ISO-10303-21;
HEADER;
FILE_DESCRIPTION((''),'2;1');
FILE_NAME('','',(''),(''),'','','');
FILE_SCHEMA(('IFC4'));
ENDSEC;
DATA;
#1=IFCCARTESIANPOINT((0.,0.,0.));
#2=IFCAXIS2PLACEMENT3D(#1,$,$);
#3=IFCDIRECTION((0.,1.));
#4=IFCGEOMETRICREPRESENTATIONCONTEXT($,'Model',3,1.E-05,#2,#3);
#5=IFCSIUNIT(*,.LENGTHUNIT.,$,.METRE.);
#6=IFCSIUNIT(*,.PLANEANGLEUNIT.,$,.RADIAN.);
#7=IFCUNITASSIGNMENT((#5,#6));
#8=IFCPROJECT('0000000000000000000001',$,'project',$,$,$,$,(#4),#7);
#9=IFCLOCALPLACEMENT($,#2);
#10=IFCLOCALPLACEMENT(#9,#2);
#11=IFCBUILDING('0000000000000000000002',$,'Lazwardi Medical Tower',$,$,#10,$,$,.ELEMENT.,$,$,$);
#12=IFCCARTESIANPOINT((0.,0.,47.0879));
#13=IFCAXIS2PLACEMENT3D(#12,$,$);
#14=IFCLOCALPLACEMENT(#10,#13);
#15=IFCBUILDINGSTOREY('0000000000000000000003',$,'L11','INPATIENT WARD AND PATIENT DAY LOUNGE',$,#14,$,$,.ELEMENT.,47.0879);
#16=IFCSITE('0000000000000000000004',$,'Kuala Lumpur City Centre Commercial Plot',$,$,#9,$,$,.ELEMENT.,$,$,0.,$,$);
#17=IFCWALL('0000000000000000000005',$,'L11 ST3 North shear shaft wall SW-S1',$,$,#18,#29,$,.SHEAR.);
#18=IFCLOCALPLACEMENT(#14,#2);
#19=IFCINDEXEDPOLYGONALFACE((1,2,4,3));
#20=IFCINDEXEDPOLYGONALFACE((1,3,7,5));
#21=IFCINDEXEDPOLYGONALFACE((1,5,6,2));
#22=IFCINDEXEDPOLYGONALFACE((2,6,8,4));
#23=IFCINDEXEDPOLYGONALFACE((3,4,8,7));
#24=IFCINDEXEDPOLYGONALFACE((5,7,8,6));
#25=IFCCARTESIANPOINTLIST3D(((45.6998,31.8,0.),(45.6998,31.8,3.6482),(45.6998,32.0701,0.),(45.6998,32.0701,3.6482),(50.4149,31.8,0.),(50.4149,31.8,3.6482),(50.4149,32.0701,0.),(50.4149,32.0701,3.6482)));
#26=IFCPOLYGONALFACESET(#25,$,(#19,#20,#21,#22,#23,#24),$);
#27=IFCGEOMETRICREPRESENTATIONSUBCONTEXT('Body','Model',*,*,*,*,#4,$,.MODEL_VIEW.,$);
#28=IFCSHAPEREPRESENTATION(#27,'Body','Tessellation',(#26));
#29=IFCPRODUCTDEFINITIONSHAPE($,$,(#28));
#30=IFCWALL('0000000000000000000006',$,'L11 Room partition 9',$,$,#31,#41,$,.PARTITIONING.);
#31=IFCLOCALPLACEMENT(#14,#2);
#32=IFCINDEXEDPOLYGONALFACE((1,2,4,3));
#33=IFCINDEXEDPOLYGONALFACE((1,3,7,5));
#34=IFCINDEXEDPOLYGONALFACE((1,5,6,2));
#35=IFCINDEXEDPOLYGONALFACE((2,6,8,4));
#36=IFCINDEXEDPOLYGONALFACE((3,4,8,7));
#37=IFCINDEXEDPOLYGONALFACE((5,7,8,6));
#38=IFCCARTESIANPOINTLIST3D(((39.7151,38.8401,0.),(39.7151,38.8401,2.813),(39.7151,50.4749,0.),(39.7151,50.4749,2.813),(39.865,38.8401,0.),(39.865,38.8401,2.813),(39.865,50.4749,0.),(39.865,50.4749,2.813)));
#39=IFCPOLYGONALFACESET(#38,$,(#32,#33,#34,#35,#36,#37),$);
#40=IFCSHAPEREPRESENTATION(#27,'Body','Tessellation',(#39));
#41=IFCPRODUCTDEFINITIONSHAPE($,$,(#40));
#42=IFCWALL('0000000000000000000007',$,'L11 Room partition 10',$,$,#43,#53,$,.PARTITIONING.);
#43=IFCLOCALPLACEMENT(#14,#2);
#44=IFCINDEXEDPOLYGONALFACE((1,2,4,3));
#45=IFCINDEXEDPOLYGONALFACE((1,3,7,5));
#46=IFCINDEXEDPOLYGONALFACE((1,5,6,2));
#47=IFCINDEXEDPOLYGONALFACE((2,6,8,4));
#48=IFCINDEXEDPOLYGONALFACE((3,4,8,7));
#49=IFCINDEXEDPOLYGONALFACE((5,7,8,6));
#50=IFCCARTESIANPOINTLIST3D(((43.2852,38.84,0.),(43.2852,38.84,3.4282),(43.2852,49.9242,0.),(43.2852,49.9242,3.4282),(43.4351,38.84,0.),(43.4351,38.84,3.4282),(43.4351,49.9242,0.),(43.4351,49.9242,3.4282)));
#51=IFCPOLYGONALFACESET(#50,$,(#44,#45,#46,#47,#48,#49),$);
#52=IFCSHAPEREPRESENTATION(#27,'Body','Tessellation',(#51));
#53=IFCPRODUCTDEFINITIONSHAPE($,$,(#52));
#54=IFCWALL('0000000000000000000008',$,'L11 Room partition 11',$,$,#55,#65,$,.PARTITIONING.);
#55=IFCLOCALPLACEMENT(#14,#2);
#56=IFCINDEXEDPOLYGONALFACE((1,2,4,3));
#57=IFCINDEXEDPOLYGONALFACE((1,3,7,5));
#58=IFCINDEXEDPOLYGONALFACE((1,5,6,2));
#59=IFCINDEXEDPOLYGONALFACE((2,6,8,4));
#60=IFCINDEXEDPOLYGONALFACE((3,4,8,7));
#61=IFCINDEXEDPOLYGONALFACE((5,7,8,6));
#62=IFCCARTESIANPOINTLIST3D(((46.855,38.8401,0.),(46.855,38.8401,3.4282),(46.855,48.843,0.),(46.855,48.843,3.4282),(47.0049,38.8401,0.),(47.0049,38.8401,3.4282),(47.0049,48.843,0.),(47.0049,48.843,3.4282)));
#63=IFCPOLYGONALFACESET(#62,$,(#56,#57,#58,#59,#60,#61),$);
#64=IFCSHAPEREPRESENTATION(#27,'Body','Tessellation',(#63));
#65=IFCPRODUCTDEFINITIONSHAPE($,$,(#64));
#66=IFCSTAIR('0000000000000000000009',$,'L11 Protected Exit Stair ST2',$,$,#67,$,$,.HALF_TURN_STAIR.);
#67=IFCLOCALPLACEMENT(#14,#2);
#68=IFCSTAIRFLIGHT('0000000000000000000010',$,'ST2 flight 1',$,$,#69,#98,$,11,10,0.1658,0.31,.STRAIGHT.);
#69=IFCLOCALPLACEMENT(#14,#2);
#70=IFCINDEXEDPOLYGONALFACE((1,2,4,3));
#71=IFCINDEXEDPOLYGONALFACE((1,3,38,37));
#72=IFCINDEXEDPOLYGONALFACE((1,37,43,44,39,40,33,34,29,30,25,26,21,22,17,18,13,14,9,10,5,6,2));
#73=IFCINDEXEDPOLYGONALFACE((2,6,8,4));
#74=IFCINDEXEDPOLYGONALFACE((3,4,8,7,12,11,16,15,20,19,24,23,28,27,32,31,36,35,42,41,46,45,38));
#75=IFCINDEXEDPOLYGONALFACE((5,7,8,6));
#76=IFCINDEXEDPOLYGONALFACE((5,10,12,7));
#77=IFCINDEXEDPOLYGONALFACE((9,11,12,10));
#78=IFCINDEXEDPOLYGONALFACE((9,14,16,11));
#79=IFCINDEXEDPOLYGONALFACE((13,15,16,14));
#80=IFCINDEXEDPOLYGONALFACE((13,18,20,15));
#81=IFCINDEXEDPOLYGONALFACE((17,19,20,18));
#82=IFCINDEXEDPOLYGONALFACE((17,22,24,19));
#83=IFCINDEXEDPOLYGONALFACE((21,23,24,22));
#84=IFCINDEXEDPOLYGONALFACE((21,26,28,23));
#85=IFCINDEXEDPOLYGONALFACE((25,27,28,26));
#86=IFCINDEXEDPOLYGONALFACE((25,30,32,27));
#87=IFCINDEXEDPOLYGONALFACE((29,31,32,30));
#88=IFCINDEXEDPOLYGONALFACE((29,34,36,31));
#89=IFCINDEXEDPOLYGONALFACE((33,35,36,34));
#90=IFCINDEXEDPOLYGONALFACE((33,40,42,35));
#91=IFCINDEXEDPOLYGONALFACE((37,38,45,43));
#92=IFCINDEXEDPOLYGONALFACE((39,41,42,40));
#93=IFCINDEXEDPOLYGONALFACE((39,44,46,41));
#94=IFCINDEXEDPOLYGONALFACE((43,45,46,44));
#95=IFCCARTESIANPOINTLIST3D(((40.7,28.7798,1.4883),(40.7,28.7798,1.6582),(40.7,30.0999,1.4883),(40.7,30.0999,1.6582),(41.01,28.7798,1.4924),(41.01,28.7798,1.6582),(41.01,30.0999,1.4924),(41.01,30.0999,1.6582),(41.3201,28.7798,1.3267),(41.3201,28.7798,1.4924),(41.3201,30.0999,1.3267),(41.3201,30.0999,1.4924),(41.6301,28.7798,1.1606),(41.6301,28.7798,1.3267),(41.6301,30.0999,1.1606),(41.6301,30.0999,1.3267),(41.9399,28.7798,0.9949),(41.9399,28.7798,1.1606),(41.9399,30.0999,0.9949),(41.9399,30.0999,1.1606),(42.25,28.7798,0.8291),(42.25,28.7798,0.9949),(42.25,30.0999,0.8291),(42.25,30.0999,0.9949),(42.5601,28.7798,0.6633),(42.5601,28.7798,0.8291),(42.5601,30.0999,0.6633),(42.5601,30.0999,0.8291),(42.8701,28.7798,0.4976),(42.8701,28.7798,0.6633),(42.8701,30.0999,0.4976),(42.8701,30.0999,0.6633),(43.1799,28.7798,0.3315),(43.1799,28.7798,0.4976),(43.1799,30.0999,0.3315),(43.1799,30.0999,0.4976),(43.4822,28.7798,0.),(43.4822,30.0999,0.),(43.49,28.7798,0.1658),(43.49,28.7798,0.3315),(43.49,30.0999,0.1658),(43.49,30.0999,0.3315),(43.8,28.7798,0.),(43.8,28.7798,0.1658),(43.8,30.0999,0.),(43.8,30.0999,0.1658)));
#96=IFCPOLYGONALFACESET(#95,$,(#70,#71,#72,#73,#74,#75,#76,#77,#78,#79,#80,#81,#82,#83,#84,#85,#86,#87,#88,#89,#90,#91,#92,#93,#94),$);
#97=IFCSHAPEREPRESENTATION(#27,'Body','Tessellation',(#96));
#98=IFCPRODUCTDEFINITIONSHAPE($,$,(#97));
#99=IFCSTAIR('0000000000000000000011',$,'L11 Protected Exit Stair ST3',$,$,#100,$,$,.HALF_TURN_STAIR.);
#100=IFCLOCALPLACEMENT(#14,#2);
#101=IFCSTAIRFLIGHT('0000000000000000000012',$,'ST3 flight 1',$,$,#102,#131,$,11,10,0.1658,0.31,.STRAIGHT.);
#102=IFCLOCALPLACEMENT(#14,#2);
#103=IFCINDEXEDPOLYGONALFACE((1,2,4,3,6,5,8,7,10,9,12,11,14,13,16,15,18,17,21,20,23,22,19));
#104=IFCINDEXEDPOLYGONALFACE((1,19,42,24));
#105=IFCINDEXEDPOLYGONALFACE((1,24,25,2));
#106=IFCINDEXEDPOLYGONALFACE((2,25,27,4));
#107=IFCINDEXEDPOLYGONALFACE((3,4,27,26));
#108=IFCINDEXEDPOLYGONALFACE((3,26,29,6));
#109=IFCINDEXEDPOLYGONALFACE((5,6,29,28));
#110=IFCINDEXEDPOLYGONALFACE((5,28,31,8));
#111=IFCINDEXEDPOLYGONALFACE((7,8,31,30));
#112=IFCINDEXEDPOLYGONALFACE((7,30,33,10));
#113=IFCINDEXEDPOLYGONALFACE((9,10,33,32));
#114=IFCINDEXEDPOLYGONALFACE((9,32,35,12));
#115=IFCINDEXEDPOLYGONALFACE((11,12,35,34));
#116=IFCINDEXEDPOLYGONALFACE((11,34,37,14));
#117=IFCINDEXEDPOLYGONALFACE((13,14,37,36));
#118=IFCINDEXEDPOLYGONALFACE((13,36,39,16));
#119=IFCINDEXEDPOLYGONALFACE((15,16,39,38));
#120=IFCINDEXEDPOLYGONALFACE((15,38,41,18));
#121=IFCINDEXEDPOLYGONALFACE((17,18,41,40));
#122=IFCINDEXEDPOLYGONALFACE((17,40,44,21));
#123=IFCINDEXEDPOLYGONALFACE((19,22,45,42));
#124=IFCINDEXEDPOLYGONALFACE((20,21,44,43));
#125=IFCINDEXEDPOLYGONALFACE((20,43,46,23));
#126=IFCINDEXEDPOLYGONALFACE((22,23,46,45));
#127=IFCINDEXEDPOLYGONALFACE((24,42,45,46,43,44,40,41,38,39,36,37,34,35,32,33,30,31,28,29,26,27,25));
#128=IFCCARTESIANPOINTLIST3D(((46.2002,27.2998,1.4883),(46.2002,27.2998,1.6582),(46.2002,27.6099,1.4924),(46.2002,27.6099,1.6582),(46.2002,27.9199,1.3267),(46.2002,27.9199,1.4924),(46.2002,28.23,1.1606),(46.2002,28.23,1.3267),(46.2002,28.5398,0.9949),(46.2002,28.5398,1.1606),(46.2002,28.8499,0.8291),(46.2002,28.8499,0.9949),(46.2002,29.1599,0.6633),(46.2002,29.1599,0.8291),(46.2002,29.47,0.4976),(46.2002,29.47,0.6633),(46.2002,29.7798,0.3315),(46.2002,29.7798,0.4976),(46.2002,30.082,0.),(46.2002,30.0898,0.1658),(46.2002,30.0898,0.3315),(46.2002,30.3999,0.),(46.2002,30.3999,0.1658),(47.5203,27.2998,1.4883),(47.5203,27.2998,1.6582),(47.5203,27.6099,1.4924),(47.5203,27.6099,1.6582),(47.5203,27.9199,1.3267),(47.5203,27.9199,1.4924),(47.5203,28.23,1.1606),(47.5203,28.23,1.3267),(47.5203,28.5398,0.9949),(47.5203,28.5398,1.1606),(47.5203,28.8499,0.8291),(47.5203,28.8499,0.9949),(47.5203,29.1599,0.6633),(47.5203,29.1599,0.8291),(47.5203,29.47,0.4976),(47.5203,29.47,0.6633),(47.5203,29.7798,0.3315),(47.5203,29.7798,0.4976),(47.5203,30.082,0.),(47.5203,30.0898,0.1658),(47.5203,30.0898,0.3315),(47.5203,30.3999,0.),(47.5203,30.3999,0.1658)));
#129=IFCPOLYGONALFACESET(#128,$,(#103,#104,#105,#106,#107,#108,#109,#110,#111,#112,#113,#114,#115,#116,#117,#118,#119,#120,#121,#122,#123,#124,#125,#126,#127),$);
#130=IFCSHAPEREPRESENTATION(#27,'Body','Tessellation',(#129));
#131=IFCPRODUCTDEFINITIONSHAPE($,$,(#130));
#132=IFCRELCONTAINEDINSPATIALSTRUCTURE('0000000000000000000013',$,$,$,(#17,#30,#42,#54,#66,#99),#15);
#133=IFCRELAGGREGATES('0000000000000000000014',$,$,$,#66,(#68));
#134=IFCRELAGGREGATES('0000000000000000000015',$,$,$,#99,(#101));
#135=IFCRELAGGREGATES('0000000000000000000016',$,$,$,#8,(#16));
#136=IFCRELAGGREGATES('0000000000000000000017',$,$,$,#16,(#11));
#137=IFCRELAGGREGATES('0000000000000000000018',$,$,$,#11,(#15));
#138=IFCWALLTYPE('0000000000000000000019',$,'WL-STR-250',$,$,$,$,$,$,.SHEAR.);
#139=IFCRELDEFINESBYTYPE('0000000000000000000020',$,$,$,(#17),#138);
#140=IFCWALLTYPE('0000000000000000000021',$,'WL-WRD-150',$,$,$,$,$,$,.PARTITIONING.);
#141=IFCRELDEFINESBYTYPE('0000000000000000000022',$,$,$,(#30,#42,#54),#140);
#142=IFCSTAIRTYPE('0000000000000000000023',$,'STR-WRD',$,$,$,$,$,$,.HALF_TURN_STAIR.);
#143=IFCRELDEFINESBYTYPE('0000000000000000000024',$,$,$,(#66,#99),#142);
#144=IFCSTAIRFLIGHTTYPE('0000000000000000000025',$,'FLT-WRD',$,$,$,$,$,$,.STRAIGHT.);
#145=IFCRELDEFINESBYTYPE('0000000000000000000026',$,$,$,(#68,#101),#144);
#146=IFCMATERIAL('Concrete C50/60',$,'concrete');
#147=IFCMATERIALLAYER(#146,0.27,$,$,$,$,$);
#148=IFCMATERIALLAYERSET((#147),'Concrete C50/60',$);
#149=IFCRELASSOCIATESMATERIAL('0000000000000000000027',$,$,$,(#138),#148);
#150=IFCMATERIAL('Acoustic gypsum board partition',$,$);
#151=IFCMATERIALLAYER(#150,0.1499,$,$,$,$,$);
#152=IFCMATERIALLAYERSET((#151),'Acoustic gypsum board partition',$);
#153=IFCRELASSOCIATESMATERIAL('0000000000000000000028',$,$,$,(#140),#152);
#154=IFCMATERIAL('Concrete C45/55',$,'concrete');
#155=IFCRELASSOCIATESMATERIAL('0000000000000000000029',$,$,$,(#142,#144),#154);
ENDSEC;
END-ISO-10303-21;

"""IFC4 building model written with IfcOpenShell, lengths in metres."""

from ifc_helpers import new_model, si_unit, direction, frame, frame_2d, origin, place, context, subcontext, project, spatial, polyline, rectangle, outline, extrude, material, layer, layer_set, type_object, element, aggregate, save


model = new_model("IFC4")

# Units and contexts
model_context = context("Model", 3, precision=1e-05, world=origin(), true_north=direction((0.0, 1.0)))
body_context = subcontext(model_context, "Body", "Model", "MODEL_VIEW")
ifc_project = project(units=[si_unit("LENGTHUNIT", "METRE"), si_unit("PLANEANGLEUNIT", "RADIAN")], contexts=[model_context])

# Site, building, storey
site_placement = place(None, origin())
site = spatial("IfcSite", under=ifc_project, at=site_placement, Name="Kuala Lumpur City Centre Commercial Plot", CompositionType="ELEMENT", RefElevation=0.0)
building_placement = place(site_placement, origin())
building = spatial("IfcBuilding", under=site, at=building_placement, Name="Lazwardi Medical Tower", CompositionType="ELEMENT")
storey_placement = place(building_placement, frame((0.0, 0.0, 47.0879)))
storey = spatial("IfcBuildingStorey", under=building, at=storey_placement, Name="L11", Description="INPATIENT WARD AND PATIENT DAY LOUNGE", CompositionType="ELEMENT", Elevation=47.0879)

# Shared definitions
ifc_material_1 = material(Name="Concrete C50/60", Category="concrete")
ifc_layer_1 = layer(ifc_material_1, 0.27)
ifc_layer_set_1 = layer_set([ifc_layer_1], Name="Concrete C50/60")
wall_type_1 = type_object("IfcWallType", Name="WL-STR-250", PredefinedType="SHEAR", material=ifc_layer_set_1)

# Walls
wall_1_placement = place(storey_placement, frame((45.7, 31.9351, 0.0), z_axis=(0.0, 0.0, 1.0), x_axis=(1.0, 0.0, 0.0)))
element("IfcWall", 1, at=wall_1_placement, inside=storey, type_object=wall_type_1, Name="L11 ST3 North shear shaft wall SW-S1", PredefinedType="SHEAR", context=body_context, shape_type="SweptSolid", body=[
    extrude(rectangle(XDim=4.7151, YDim=0.27, at=frame_2d((2.3574, 0.0))), origin(), (0.0, 0.0, 1.0), 3.6482),
])
ifc_material_2 = material(Name="Acoustic gypsum board partition")
ifc_layer_2 = layer(ifc_material_2, 0.1499)
ifc_layer_set_2 = layer_set([ifc_layer_2], Name="Acoustic gypsum board partition")
wall_type_2 = type_object("IfcWallType", Name="WL-WRD-150", PredefinedType="PARTITIONING", material=ifc_layer_set_2)
wall_2_placement = place(storey_placement, frame((39.79, 38.8401, 0.0), z_axis=(0.0, 0.0, 1.0), x_axis=(0.0, 1.0, 0.0)))
element("IfcWall", 2, at=wall_2_placement, inside=storey, type_object=wall_type_2, Name="L11 Room partition 9", PredefinedType="PARTITIONING", context=body_context, shape_type="SweptSolid", body=[
    extrude(rectangle(XDim=11.6348, YDim=0.1499, at=frame_2d((5.8174, 0.0))), origin(), (0.0, 0.0, 1.0), 2.813),
])
wall_3_placement = place(storey_placement, frame((43.3601, 38.8401, 0.0), z_axis=(0.0, 0.0, 1.0), x_axis=(0.0, 1.0, 0.0)))
element("IfcWall", 3, at=wall_3_placement, inside=storey, type_object=wall_type_2, Name="L11 Room partition 10", PredefinedType="PARTITIONING", context=body_context, shape_type="SweptSolid", body=[
    extrude(rectangle(XDim=11.0842, YDim=0.1499, at=frame_2d((5.542, 0.0))), origin(), (0.0, 0.0, 1.0), 3.4282),
])
wall_4_placement = place(storey_placement, frame((46.9299, 38.8401, 0.0), z_axis=(0.0, 0.0, 1.0), x_axis=(0.0, 1.0, 0.0)))
element("IfcWall", 4, at=wall_4_placement, inside=storey, type_object=wall_type_2, Name="L11 Room partition 11", PredefinedType="PARTITIONING", context=body_context, shape_type="SweptSolid", body=[
    extrude(rectangle(XDim=10.0029, YDim=0.1499, at=frame_2d((5.0015, 0.0))), origin(), (0.0, 0.0, 1.0), 3.4282),
])

# Stairs, stair flights
ifc_material_3 = material(Name="Concrete C45/55", Category="concrete")
stair_type = type_object("IfcStairType", Name="STR-WRD", PredefinedType="HALF_TURN_STAIR", material=ifc_material_3)
stair_1_placement = place(storey_placement, origin())
stair_1 = element("IfcStair", 5, at=stair_1_placement, inside=storey, type_object=stair_type, Name="L11 Protected Exit Stair ST2", PredefinedType="HALF_TURN_STAIR")
stair_flight_type = type_object("IfcStairFlightType", Name="FLT-WRD", PredefinedType="STRAIGHT", material=ifc_material_3)
stair_flight_1_placement = place(storey_placement, frame((43.8, 29.4399, 0.0), z_axis=(0.0, 0.0, 1.0), x_axis=(-1.0, 0.0, 0.0)))
stair_flight_1 = element("IfcStairFlight", 6, at=stair_flight_1_placement, type_object=stair_flight_type, Name="ST2 flight 1", NumberOfRisers=11, NumberOfTreads=10, PredefinedType="STRAIGHT", RiserHeight=0.1658, TreadLength=0.31, context=body_context, shape_type="SweptSolid", body=[
    extrude(outline(polyline([(0.0, 0.0), (0.0, 0.1658), (0.3101, 0.1658), (0.3101, 0.3315), (0.6201, 0.3315), (0.6201, 0.4976), (0.9299, 0.4976), (0.9299, 0.6633), (1.24, 0.6633), (1.24, 0.8291), (1.55, 0.8291), (1.55, 0.9949), (1.8601, 0.9949), (1.8601, 1.1606), (2.1699, 1.1606), (2.1699, 1.3267), (2.48, 1.3267), (2.48, 1.4924), (2.79, 1.4924), (2.79, 1.6582), (3.1001, 1.6582), (3.1001, 1.824), (3.1001, 1.4883), (0.3179, 0.0), (0.0, 0.0)])), frame((0.0, 0.6602, 0.0), z_axis=(0.0, -1.0, 0.0), x_axis=(1.0, 0.0, 0.0)), (0.0, 0.0, 1.0), 1.3201),
])
aggregate(stair_1, [stair_flight_1])
stair_2_placement = place(storey_placement, origin())
stair_2 = element("IfcStair", 7, at=stair_2_placement, inside=storey, type_object=stair_type, Name="L11 Protected Exit Stair ST3", PredefinedType="HALF_TURN_STAIR")
stair_flight_2_placement = place(storey_placement, frame((46.8601, 30.3999, 0.0), z_axis=(0.0, 0.0, 1.0), x_axis=(0.0, -1.0, 0.0)))
stair_flight_2 = element("IfcStairFlight", 8, at=stair_flight_2_placement, type_object=stair_flight_type, Name="ST3 flight 1", NumberOfRisers=11, NumberOfTreads=10, PredefinedType="STRAIGHT", RiserHeight=0.1658, TreadLength=0.31, context=body_context, shape_type="SweptSolid", body=[
    extrude(outline(polyline([(0.0, 0.0), (0.0, 0.1658), (0.3101, 0.1658), (0.3101, 0.3315), (0.6201, 0.3315), (0.6201, 0.4976), (0.9299, 0.4976), (0.9299, 0.6633), (1.24, 0.6633), (1.24, 0.8291), (1.55, 0.8291), (1.55, 0.9949), (1.8601, 0.9949), (1.8601, 1.1606), (2.1699, 1.1606), (2.1699, 1.3267), (2.48, 1.3267), (2.48, 1.4924), (2.79, 1.4924), (2.79, 1.6582), (3.1001, 1.6582), (3.1001, 1.824), (3.1001, 1.4883), (0.3179, 0.0), (0.0, 0.0)])), frame((0.0, 0.6602, 0.0), z_axis=(0.0, -1.0, 0.0), x_axis=(1.0, 0.0, 0.0)), (0.0, 0.0, 1.0), 1.3201),
])
aggregate(stair_2, [stair_flight_2])

save(model, "model.ifc")
